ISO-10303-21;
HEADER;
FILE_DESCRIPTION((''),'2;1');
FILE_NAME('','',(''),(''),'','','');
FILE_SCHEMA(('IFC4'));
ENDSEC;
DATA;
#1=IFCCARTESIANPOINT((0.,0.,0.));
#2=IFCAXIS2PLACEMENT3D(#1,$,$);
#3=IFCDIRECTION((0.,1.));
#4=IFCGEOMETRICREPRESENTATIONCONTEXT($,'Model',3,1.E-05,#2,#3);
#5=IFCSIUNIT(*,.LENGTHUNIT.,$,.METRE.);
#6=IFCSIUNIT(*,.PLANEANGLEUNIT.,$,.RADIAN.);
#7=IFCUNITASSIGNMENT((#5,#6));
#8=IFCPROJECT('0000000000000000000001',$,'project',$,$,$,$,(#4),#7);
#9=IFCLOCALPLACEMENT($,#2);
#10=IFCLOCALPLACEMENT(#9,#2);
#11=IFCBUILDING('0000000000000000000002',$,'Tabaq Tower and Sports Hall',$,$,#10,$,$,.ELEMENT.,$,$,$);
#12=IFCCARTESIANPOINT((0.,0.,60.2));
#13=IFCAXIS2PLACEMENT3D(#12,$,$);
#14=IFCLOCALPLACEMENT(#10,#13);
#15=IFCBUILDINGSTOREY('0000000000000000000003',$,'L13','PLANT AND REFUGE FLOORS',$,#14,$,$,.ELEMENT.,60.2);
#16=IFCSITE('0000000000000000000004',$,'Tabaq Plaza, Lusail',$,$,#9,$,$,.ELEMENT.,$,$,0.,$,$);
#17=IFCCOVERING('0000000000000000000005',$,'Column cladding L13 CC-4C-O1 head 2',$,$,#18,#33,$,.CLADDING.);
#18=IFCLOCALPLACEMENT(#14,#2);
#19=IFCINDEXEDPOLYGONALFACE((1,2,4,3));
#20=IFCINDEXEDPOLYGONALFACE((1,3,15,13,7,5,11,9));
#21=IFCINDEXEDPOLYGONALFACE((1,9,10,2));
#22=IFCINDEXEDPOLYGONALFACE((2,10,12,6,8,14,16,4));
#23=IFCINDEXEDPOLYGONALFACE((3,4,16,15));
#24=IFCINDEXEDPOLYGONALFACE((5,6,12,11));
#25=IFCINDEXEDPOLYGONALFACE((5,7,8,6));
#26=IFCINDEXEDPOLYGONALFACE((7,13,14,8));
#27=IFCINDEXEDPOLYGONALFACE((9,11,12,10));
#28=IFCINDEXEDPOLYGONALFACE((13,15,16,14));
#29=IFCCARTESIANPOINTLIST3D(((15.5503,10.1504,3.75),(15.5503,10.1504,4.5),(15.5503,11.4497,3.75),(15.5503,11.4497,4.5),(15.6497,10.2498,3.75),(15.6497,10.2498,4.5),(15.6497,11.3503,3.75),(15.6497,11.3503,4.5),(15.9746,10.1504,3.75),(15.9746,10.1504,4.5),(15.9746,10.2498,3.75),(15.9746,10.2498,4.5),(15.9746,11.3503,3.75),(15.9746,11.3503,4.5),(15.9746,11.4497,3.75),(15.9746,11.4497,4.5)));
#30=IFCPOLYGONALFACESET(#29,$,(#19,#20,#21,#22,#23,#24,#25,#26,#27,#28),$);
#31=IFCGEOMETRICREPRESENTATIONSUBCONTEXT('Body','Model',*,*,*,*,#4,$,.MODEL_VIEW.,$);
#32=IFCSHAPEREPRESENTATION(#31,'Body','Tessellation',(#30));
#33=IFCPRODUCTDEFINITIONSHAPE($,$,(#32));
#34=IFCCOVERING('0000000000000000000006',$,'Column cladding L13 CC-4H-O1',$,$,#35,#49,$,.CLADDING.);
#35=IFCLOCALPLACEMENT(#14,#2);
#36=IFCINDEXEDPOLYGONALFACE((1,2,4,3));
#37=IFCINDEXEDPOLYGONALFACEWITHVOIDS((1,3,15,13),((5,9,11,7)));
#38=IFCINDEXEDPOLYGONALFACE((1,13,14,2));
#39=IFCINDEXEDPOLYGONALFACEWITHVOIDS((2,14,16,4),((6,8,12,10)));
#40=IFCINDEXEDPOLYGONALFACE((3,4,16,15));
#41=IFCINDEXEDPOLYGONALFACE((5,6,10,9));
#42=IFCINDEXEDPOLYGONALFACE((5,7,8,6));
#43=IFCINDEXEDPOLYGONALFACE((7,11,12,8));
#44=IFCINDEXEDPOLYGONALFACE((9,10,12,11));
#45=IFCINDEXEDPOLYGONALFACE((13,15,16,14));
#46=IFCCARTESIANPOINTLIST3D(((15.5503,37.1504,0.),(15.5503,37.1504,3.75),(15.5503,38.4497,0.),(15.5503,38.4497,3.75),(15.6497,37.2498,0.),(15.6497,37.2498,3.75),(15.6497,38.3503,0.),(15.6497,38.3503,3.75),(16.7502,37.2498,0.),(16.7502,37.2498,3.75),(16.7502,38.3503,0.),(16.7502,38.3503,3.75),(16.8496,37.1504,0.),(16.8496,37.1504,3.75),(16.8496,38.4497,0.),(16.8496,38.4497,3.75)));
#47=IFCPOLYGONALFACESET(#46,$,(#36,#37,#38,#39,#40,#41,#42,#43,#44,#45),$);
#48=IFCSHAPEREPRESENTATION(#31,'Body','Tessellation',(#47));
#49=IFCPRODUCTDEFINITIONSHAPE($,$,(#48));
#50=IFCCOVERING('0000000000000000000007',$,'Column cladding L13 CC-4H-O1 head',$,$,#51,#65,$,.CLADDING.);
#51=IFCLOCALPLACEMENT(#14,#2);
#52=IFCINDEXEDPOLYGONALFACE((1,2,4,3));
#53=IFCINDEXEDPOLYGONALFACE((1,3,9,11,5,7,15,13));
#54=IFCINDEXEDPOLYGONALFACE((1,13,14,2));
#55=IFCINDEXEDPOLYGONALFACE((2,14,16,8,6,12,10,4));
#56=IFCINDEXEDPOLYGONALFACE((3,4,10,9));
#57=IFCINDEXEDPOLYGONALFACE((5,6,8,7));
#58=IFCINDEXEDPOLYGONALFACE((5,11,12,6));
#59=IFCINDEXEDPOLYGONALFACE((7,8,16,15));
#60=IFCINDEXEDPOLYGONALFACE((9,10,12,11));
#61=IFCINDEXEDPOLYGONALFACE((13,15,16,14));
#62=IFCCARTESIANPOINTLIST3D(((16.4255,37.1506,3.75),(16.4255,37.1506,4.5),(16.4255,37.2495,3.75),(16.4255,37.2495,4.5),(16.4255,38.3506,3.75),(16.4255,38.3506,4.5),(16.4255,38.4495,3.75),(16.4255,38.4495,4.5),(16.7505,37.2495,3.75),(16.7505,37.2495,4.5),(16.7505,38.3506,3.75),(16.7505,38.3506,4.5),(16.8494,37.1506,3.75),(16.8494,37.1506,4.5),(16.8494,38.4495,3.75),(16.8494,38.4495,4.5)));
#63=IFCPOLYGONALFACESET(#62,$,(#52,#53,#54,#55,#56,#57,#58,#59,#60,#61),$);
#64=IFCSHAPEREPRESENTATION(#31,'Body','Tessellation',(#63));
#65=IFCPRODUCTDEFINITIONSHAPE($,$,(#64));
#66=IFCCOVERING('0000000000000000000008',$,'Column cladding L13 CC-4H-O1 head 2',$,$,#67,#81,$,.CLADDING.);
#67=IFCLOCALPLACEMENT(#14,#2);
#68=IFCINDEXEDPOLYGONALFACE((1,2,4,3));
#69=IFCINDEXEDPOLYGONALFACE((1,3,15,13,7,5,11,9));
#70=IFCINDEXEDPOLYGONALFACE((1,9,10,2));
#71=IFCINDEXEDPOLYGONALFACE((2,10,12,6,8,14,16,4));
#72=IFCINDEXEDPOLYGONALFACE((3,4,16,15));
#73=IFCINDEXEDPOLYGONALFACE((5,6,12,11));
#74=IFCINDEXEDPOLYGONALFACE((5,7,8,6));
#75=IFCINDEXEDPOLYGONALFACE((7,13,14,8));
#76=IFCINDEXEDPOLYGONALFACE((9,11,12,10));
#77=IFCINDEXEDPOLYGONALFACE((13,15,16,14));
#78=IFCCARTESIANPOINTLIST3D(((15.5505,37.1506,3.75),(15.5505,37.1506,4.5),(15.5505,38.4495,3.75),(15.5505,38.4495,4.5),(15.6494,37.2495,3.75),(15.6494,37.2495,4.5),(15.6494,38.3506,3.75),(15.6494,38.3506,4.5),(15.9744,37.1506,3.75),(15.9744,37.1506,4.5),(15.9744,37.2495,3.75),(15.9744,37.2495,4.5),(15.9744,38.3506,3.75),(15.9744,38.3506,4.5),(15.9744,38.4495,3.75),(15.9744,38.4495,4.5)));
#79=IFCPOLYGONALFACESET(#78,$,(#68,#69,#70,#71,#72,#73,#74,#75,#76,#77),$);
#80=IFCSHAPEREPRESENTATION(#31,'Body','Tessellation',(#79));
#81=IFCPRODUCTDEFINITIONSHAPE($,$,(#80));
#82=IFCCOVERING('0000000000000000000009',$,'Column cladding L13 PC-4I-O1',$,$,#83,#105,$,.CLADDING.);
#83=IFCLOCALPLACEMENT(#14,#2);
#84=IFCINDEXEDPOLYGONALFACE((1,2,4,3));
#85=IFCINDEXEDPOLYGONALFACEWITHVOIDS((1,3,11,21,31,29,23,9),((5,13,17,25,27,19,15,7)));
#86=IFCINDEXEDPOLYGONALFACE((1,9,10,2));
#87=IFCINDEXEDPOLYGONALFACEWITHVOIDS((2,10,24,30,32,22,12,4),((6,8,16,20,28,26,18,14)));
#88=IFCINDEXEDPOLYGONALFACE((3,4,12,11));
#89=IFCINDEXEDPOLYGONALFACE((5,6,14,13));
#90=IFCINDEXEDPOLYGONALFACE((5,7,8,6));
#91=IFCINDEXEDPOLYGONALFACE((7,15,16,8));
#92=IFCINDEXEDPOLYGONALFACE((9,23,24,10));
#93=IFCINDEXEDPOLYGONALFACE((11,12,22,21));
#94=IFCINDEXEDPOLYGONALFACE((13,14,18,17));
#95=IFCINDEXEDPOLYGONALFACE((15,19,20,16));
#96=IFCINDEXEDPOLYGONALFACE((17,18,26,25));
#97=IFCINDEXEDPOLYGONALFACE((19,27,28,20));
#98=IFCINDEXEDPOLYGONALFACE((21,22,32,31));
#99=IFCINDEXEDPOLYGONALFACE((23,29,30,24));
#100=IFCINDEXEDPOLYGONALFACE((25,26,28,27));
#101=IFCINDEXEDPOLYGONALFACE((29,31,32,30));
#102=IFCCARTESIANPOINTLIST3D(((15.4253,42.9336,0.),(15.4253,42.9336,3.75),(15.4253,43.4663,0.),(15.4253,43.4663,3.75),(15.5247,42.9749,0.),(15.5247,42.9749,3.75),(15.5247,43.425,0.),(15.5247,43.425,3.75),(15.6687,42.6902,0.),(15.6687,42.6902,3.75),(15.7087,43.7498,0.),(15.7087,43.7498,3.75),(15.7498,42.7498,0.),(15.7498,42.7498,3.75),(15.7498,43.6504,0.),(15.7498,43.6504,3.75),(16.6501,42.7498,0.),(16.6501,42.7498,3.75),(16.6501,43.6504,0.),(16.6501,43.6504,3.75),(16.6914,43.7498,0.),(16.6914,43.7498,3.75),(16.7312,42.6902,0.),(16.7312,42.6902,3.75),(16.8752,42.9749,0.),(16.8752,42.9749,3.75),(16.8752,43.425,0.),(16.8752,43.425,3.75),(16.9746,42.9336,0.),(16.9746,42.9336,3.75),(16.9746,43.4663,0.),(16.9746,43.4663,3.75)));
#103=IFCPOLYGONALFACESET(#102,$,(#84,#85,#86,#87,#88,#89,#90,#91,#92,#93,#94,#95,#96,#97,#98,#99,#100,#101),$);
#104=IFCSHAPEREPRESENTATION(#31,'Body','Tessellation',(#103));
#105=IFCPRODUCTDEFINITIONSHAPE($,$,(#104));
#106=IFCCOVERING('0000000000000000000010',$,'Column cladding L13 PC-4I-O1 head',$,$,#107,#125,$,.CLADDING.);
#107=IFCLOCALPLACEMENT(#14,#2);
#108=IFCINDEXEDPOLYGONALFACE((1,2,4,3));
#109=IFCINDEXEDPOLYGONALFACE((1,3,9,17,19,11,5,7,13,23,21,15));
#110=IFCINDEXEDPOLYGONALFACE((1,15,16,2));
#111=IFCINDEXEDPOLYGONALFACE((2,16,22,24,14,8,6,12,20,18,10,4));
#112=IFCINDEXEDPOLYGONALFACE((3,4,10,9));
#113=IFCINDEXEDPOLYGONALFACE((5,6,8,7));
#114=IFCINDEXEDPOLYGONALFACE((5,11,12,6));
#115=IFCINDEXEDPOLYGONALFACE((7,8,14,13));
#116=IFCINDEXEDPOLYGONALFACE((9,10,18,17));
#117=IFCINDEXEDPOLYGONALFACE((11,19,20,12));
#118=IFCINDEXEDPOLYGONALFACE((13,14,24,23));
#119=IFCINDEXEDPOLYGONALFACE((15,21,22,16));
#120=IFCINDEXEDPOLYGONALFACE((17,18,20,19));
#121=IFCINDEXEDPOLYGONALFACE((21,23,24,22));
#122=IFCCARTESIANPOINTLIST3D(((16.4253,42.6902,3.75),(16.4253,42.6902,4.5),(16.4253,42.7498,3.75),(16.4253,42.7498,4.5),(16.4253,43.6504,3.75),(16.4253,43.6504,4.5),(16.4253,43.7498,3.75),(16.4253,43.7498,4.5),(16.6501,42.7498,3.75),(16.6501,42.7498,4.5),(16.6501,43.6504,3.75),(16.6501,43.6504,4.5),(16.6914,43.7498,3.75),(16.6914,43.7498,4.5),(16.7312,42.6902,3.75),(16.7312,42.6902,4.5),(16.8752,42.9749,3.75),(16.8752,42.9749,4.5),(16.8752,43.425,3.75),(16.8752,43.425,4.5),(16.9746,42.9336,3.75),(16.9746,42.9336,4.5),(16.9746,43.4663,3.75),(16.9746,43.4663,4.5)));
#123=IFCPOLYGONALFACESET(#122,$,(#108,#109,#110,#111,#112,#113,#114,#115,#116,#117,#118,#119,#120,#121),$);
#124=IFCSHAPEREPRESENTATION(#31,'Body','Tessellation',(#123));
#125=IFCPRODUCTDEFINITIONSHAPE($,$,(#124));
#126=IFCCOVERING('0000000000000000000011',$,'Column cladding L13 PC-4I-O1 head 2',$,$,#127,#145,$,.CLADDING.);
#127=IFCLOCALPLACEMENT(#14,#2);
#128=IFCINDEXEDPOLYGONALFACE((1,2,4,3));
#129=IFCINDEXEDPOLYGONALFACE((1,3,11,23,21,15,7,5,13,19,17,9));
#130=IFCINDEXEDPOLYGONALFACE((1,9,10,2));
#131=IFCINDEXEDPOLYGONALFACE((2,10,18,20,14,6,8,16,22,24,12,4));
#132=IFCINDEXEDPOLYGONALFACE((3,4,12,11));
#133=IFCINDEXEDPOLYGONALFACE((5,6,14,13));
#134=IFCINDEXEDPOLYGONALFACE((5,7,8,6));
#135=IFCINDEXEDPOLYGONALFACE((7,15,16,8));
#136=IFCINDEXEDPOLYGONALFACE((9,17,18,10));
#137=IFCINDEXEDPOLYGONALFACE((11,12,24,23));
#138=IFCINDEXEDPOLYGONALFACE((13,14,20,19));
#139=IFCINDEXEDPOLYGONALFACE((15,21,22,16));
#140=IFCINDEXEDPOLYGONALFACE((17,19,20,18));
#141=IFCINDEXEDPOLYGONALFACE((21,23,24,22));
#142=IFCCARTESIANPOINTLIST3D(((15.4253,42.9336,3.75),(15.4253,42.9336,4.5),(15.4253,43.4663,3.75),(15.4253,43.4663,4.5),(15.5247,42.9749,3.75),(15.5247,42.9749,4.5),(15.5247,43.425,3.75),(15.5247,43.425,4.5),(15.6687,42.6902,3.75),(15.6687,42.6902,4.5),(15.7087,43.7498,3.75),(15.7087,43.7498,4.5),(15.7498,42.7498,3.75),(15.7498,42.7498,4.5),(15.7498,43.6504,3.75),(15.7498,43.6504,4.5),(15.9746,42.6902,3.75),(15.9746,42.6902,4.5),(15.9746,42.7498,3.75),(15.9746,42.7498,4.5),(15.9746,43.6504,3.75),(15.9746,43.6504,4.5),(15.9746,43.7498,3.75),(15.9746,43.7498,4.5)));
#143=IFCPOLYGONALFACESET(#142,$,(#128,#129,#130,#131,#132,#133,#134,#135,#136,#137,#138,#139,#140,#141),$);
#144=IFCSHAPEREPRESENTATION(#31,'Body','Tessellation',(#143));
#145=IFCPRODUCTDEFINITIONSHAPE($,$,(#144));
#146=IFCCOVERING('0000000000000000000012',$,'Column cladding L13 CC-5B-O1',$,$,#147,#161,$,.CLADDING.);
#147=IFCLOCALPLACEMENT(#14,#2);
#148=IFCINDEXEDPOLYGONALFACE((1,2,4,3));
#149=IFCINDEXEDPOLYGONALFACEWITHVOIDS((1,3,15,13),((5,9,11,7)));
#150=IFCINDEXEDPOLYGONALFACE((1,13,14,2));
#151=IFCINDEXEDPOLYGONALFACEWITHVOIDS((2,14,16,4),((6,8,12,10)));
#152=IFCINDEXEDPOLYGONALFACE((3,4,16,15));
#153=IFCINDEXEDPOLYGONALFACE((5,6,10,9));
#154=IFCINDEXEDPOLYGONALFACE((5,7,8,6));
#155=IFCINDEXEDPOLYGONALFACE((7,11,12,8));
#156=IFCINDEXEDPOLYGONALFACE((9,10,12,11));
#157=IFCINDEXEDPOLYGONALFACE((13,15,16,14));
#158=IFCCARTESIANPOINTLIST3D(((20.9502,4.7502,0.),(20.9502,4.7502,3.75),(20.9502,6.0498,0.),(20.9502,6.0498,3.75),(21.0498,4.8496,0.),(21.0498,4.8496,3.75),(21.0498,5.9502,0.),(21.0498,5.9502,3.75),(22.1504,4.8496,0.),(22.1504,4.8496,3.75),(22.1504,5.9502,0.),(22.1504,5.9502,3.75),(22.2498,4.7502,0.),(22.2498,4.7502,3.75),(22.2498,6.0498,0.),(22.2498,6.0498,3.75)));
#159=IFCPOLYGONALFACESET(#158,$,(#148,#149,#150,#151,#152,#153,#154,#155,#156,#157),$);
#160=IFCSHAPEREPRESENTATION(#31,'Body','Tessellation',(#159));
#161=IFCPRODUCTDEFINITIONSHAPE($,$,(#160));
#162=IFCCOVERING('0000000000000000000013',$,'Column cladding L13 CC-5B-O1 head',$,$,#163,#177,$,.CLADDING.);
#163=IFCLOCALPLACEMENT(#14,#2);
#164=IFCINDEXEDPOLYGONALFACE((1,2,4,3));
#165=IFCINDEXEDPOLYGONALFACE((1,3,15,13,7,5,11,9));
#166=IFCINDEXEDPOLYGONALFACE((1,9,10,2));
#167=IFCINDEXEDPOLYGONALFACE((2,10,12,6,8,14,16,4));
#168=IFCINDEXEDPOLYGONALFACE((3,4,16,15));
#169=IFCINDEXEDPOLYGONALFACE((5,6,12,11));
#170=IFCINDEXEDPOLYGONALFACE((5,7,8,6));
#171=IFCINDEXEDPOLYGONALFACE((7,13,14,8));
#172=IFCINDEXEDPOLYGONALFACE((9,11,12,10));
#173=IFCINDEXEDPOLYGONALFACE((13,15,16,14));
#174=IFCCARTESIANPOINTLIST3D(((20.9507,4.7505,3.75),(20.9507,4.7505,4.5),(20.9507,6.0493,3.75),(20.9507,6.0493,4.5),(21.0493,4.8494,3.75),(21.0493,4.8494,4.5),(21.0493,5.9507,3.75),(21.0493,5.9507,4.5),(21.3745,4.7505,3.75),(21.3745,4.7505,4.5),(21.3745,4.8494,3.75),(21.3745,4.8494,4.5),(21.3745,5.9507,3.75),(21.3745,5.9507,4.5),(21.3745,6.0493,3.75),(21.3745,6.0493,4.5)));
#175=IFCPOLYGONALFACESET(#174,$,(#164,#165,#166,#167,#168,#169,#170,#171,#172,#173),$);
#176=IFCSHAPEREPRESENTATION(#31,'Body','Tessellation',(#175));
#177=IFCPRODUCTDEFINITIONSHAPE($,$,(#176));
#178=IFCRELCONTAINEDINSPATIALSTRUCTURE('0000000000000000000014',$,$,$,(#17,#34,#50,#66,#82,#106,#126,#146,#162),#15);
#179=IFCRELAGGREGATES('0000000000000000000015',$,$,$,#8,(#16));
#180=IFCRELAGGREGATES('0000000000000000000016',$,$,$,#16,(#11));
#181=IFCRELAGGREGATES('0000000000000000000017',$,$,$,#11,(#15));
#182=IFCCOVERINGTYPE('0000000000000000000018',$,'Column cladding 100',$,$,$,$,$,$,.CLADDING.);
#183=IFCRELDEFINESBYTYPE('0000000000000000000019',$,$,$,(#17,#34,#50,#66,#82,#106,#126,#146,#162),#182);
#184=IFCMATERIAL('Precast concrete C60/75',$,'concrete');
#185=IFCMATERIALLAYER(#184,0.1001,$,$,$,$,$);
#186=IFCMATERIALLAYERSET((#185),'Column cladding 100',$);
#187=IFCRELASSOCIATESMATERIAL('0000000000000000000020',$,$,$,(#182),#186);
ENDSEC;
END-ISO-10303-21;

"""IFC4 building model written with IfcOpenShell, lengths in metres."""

from ifc_helpers import new_model, si_unit, direction, frame, origin, place, context, subcontext, project, spatial, polyline, outline, extrude, material, layer, layer_set, type_object, element, save


model = new_model("IFC4")

# Units and contexts
model_context = context("Model", 3, precision=1e-05, world=origin(), true_north=direction((0.0, 1.0)))
body_context = subcontext(model_context, "Body", "Model", "MODEL_VIEW")
ifc_project = project(units=[si_unit("LENGTHUNIT", "METRE"), si_unit("PLANEANGLEUNIT", "RADIAN")], contexts=[model_context])

# Site, building, storey
site_placement = place(None, origin())
site = spatial("IfcSite", under=ifc_project, at=site_placement, Name="Tabaq Plaza, Lusail", CompositionType="ELEMENT", RefElevation=0.0)
building_placement = place(site_placement, origin())
building = spatial("IfcBuilding", under=site, at=building_placement, Name="Tabaq Tower and Sports Hall", CompositionType="ELEMENT")
storey_placement = place(building_placement, frame((0.0, 0.0, 60.2)))
storey = spatial("IfcBuildingStorey", under=building, at=storey_placement, Name="L13", Description="PLANT AND REFUGE FLOORS", CompositionType="ELEMENT", Elevation=60.2)

# Coverings
ifc_material_1 = material(Name="Precast concrete C60/75", Category="concrete")
ifc_layer_1 = layer(ifc_material_1, 0.1001)
ifc_layer_set_1 = layer_set([ifc_layer_1], Name="Column cladding 100")
covering_type = type_object("IfcCoveringType", Name="Column cladding 100", PredefinedType="CLADDING", material=ifc_layer_set_1)
covering_1_placement = place(storey_placement, frame((0.0, 0.0, 3.75)))
element("IfcCovering", 1, at=covering_1_placement, inside=storey, type_object=covering_type, Name="Column cladding L13 CC-4C-O1 head 2", PredefinedType="CLADDING", context=body_context, shape_type="SweptSolid", body=[
    extrude(outline(polyline([(15.9746, 11.4497), (15.9746, 11.3503), (15.6497, 11.3503), (15.6497, 10.2498), (15.9746, 10.2498), (15.9746, 10.1504), (15.5503, 10.1504), (15.5503, 11.4497), (15.9746, 11.4497)])), origin(), (0.0, 0.0, 1.0), 0.75),
])
covering_2_placement = place(storey_placement, origin())
element("IfcCovering", 2, at=covering_2_placement, inside=storey, type_object=covering_type, Name="Column cladding L13 CC-4H-O1", PredefinedType="CLADDING", context=body_context, shape_type="SweptSolid", body=[
    extrude(outline(polyline([(15.5503, 38.4497), (16.8496, 38.4497), (16.8496, 37.1504), (15.5503, 37.1504), (15.5503, 38.4497)]), holes=[polyline([(16.7502, 37.2498), (16.7502, 38.3503), (15.6497, 38.3503), (15.6497, 37.2498), (16.7502, 37.2498)])]), origin(), (0.0, 0.0, 1.0), 3.75),
])
covering_3_placement = place(storey_placement, frame((0.0, 0.0, 3.75)))
element("IfcCovering", 3, at=covering_3_placement, inside=storey, type_object=covering_type, Name="Column cladding L13 CC-4H-O1 head", PredefinedType="CLADDING", context=body_context, shape_type="SweptSolid", body=[
    extrude(outline(polyline([(16.4255, 38.3506), (16.4255, 38.4495), (16.8494, 38.4495), (16.8494, 37.1506), (16.4255, 37.1506), (16.4255, 37.2495), (16.7505, 37.2495), (16.7505, 38.3506), (16.4255, 38.3506)])), origin(), (0.0, 0.0, 1.0), 0.75),
])
covering_4_placement = place(storey_placement, frame((0.0, 0.0, 3.75)))
element("IfcCovering", 4, at=covering_4_placement, inside=storey, type_object=covering_type, Name="Column cladding L13 CC-4H-O1 head 2", PredefinedType="CLADDING", context=body_context, shape_type="SweptSolid", body=[
    extrude(outline(polyline([(15.9744, 38.3506), (15.6494, 38.3506), (15.6494, 37.2495), (15.9744, 37.2495), (15.9744, 37.1506), (15.5505, 37.1506), (15.5505, 38.4495), (15.9744, 38.4495), (15.9744, 38.3506)])), origin(), (0.0, 0.0, 1.0), 0.75),
])
covering_5_placement = place(storey_placement, origin())
element("IfcCovering", 5, at=covering_5_placement, inside=storey, type_object=covering_type, Name="Column cladding L13 PC-4I-O1", PredefinedType="CLADDING", context=body_context, shape_type="SweptSolid", body=[
    extrude(outline(polyline([(15.4253, 43.4663), (15.7087, 43.7498), (16.6914, 43.7498), (16.9746, 43.4663), (16.9746, 42.9336), (16.7312, 42.6902), (15.6687, 42.6902), (15.4253, 42.9336), (15.4253, 43.4663)]), holes=[polyline([(16.8752, 42.9749), (16.8752, 43.425), (16.6501, 43.6504), (15.7498, 43.6504), (15.5247, 43.425), (15.5247, 42.9749), (15.7498, 42.7498), (16.6501, 42.7498), (16.8752, 42.9749)])]), origin(), (0.0, 0.0, 1.0), 3.75),
])
covering_6_placement = place(storey_placement, frame((0.0, 0.0, 3.75)))
element("IfcCovering", 6, at=covering_6_placement, inside=storey, type_object=covering_type, Name="Column cladding L13 PC-4I-O1 head", PredefinedType="CLADDING", context=body_context, shape_type="SweptSolid", body=[
    extrude(outline(polyline([(16.6914, 43.7498), (16.9746, 43.4663), (16.9746, 42.9336), (16.7312, 42.6902), (16.4253, 42.6902), (16.4253, 42.7498), (16.6501, 42.7498), (16.8752, 42.9749), (16.8752, 43.425), (16.6501, 43.6504), (16.4253, 43.6504), (16.4253, 43.7498), (16.6914, 43.7498)])), origin(), (0.0, 0.0, 1.0), 0.75),
])
covering_7_placement = place(storey_placement, frame((0.0, 0.0, 3.75)))
element("IfcCovering", 7, at=covering_7_placement, inside=storey, type_object=covering_type, Name="Column cladding L13 PC-4I-O1 head 2", PredefinedType="CLADDING", context=body_context, shape_type="SweptSolid", body=[
    extrude(outline(polyline([(15.7087, 43.7498), (15.9746, 43.7498), (15.9746, 43.6504), (15.7498, 43.6504), (15.5247, 43.425), (15.5247, 42.9749), (15.7498, 42.7498), (15.9746, 42.7498), (15.9746, 42.6902), (15.6687, 42.6902), (15.4253, 42.9336), (15.4253, 43.4663), (15.7087, 43.7498)])), origin(), (0.0, 0.0, 1.0), 0.75),
])
covering_8_placement = place(storey_placement, origin())
element("IfcCovering", 8, at=covering_8_placement, inside=storey, type_object=covering_type, Name="Column cladding L13 CC-5B-O1", PredefinedType="CLADDING", context=body_context, shape_type="SweptSolid", body=[
    extrude(outline(polyline([(20.9502, 6.0498), (22.2498, 6.0498), (22.2498, 4.7502), (20.9502, 4.7502), (20.9502, 6.0498)]), holes=[polyline([(22.1504, 4.8496), (22.1504, 5.9502), (21.0498, 5.9502), (21.0498, 4.8496), (22.1504, 4.8496)])]), origin(), (0.0, 0.0, 1.0), 3.75),
])
covering_9_placement = place(storey_placement, frame((0.0, 0.0, 3.75)))
element("IfcCovering", 9, at=covering_9_placement, inside=storey, type_object=covering_type, Name="Column cladding L13 CC-5B-O1 head", PredefinedType="CLADDING", context=body_context, shape_type="SweptSolid", body=[
    extrude(outline(polyline([(21.3745, 4.8494), (21.3745, 4.7505), (20.9507, 4.7505), (20.9507, 6.0493), (21.3745, 6.0493), (21.3745, 5.9507), (21.0493, 5.9507), (21.0493, 4.8494), (21.3745, 4.8494)])), origin(), (0.0, 0.0, 1.0), 0.75),
])

save(model, "model.ifc")
